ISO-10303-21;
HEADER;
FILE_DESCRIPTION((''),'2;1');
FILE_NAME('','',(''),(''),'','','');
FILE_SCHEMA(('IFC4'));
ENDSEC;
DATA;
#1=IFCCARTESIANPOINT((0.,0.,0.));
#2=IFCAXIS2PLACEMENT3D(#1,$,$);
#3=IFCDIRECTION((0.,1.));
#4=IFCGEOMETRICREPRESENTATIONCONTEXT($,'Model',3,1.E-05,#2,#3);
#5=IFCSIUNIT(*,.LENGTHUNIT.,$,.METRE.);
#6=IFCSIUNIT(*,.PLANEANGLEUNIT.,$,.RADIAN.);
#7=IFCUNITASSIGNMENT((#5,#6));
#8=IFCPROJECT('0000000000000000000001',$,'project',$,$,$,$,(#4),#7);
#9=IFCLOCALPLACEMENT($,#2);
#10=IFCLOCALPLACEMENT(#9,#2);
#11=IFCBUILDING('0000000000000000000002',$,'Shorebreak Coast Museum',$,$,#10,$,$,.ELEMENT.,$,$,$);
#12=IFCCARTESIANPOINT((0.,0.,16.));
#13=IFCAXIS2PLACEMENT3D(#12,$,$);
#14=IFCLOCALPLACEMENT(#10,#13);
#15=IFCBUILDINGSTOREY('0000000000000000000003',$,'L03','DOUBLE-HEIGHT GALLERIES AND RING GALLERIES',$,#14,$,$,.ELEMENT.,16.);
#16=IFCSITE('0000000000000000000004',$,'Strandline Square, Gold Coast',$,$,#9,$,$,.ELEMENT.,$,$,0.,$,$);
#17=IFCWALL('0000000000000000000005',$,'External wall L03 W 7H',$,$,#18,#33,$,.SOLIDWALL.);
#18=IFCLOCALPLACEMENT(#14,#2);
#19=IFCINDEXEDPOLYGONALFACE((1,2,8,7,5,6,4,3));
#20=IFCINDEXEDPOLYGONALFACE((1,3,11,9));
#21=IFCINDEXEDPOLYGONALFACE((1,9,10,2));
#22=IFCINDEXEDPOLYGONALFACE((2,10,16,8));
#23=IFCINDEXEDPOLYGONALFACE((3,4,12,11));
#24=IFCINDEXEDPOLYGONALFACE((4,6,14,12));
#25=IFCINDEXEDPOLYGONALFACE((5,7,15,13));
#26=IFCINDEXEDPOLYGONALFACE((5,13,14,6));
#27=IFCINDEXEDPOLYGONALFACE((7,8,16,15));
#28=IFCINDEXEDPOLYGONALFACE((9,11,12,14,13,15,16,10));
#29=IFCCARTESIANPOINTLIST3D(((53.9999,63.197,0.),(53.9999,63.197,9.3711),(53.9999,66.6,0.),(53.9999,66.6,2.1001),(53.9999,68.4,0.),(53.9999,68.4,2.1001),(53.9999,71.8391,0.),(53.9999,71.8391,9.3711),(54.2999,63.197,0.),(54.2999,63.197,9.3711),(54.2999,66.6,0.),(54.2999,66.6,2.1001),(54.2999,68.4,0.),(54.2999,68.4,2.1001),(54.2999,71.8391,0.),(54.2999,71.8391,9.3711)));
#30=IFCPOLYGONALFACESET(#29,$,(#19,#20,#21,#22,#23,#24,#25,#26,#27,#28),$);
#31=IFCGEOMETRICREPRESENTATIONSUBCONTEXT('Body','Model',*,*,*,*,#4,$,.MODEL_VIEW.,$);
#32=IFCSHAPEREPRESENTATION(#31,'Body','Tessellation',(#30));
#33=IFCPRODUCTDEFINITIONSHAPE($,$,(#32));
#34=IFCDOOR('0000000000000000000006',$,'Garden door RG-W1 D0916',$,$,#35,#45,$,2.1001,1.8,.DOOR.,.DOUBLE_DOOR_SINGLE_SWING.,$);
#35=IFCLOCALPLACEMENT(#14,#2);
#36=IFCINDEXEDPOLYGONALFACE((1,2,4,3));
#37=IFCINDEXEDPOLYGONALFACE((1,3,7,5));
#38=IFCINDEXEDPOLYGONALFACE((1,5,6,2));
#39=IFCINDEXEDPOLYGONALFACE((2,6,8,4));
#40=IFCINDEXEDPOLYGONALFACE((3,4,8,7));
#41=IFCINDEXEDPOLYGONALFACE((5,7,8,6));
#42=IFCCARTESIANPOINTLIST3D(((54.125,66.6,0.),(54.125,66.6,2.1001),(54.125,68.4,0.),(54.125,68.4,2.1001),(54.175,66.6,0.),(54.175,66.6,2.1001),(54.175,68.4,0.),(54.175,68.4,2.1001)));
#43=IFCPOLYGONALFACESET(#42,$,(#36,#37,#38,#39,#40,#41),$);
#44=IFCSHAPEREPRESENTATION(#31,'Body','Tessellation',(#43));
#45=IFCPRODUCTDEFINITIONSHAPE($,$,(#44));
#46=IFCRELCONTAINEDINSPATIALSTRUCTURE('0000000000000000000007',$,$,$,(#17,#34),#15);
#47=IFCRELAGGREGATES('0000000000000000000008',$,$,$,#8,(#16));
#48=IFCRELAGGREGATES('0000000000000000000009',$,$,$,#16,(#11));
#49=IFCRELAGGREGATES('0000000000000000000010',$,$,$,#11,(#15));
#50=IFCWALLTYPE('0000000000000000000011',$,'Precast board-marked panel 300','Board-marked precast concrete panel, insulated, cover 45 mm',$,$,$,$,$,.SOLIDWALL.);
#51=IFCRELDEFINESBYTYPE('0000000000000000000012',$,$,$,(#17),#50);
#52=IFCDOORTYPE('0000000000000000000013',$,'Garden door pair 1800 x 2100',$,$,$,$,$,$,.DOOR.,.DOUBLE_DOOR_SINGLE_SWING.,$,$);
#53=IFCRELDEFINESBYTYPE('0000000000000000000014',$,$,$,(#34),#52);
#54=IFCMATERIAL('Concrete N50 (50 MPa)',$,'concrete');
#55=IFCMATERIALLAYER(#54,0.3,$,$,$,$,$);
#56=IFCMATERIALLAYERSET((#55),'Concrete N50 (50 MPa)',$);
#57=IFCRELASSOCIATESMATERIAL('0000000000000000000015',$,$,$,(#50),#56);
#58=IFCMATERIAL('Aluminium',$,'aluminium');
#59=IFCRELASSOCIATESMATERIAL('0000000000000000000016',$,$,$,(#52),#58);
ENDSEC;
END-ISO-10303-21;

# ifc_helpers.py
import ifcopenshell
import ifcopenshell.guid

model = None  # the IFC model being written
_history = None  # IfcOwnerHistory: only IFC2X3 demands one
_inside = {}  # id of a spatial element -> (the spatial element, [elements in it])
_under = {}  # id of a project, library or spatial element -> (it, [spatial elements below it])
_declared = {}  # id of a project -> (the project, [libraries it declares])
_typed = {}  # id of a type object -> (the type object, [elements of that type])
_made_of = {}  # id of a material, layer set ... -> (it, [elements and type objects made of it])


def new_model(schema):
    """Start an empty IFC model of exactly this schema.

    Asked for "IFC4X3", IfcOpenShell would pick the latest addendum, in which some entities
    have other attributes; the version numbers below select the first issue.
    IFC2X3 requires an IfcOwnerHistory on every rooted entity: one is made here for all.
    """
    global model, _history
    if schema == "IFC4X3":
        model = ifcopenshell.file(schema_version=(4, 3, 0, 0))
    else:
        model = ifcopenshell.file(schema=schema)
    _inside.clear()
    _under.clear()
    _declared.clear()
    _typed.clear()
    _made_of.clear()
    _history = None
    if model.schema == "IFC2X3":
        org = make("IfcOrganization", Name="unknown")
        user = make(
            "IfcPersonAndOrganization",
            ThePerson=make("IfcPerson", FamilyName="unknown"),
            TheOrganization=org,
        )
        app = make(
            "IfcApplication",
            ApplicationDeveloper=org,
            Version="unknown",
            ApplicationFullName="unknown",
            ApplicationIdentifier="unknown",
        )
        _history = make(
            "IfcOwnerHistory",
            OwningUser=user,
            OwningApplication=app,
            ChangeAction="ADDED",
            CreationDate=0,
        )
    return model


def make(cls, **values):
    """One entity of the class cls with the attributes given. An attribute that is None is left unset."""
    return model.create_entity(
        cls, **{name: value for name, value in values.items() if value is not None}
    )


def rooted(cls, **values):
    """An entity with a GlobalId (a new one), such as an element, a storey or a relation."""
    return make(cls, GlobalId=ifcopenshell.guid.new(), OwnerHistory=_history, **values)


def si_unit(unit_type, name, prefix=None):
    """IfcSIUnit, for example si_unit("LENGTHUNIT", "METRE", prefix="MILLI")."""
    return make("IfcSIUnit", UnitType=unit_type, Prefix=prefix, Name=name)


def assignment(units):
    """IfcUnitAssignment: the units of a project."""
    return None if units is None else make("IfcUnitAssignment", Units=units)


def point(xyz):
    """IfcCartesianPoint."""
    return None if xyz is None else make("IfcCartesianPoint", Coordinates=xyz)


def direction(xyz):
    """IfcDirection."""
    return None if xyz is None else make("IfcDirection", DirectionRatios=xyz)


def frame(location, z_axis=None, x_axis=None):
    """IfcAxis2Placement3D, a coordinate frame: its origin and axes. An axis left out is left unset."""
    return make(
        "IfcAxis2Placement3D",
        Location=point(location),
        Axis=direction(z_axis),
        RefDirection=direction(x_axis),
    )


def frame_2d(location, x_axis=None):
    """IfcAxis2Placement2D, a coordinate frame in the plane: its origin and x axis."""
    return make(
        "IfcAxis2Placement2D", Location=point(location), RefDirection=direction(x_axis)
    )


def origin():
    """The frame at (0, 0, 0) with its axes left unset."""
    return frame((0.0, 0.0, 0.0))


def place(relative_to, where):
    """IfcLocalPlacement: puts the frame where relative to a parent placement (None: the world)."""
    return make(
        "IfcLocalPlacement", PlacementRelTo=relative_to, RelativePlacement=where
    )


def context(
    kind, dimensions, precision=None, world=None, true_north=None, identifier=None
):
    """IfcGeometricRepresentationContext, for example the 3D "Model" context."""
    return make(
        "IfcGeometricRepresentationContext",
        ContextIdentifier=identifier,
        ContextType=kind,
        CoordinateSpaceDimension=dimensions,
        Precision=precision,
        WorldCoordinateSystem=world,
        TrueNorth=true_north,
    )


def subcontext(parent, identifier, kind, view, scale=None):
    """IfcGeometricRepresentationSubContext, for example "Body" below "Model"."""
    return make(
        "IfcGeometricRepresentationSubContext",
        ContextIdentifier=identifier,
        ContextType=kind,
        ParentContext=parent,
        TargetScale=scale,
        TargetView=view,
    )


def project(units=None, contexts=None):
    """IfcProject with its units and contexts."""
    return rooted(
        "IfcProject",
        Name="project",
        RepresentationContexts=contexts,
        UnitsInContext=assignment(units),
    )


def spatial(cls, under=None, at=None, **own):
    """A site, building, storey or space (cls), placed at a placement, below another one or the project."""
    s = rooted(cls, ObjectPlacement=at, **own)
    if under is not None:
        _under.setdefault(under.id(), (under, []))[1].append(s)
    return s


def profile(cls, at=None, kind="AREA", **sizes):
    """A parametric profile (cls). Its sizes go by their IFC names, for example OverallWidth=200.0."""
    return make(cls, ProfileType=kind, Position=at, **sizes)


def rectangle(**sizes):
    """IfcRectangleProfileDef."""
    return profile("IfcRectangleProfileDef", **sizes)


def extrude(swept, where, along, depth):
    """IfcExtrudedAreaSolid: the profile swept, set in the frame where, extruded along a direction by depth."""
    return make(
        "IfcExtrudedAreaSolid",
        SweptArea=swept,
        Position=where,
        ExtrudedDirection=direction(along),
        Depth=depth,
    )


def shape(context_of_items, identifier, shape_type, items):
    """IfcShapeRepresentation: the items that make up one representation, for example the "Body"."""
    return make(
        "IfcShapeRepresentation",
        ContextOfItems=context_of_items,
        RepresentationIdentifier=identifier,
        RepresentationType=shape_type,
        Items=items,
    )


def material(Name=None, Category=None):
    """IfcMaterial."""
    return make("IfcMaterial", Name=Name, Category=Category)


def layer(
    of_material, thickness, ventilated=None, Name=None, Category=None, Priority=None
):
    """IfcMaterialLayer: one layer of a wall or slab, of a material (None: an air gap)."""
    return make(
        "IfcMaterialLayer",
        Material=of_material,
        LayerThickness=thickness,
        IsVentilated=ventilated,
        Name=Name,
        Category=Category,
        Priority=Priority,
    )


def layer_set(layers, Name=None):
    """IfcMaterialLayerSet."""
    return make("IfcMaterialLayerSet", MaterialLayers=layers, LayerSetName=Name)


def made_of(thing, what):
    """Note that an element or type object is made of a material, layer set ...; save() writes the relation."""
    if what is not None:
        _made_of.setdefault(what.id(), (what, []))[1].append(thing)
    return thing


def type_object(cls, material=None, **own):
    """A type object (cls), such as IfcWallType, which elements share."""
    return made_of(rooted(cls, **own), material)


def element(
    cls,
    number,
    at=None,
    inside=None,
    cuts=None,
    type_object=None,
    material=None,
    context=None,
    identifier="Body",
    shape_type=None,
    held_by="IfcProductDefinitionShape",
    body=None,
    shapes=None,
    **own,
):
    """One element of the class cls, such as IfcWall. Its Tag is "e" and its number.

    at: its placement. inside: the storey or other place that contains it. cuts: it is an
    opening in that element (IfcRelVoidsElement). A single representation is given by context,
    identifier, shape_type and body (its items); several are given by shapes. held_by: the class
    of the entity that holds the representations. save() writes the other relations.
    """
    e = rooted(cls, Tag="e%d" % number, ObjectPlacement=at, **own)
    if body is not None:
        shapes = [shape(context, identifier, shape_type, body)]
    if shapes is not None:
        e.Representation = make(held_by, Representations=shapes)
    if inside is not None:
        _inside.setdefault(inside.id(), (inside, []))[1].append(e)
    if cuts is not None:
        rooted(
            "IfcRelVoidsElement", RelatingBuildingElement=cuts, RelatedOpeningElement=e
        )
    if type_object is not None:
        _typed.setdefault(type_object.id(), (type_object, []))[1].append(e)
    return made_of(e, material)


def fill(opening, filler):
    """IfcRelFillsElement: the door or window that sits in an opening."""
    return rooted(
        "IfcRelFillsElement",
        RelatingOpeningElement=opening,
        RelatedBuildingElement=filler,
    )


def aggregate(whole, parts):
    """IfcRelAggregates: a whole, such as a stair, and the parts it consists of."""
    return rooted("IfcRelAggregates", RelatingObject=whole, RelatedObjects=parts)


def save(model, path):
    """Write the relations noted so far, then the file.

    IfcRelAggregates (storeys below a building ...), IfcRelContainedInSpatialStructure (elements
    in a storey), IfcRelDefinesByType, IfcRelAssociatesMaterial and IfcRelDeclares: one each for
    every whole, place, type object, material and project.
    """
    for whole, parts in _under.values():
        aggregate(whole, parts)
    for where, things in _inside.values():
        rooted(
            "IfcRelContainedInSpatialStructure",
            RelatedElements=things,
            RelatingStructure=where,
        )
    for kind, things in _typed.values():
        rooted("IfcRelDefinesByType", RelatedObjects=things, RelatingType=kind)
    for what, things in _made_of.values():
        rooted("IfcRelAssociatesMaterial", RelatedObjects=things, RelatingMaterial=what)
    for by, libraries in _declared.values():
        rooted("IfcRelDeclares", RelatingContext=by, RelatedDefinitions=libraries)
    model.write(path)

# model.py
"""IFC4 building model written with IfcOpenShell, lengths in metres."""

from ifc_helpers import new_model, si_unit, direction, frame, frame_2d, origin, place, context, subcontext, project, spatial, rectangle, extrude, material, layer, layer_set, type_object, element, fill, save


model = new_model("IFC4")

# Units and contexts
model_context = context("Model", 3, precision=1e-05, world=origin(), true_north=direction((0.0, 1.0)))
body_context = subcontext(model_context, "Body", "Model", "MODEL_VIEW")
ifc_project = project(units=[si_unit("LENGTHUNIT", "METRE"), si_unit("PLANEANGLEUNIT", "RADIAN")], contexts=[model_context])

# Site, building, storey
site_placement = place(None, origin())
site = spatial("IfcSite", under=ifc_project, at=site_placement, Name="Strandline Square, Gold Coast", CompositionType="ELEMENT", RefElevation=0.0)
building_placement = place(site_placement, origin())
building = spatial("IfcBuilding", under=site, at=building_placement, Name="Shorebreak Coast Museum", CompositionType="ELEMENT")
storey_placement = place(building_placement, frame((0.0, 0.0, 16.0)))
storey = spatial("IfcBuildingStorey", under=building, at=storey_placement, Name="L03", Description="DOUBLE-HEIGHT GALLERIES AND RING GALLERIES", CompositionType="ELEMENT", Elevation=16.0)

# Wall, opening, door
ifc_material_1 = material(Name="Concrete N50 (50 MPa)", Category="concrete")
ifc_layer_1 = layer(ifc_material_1, 0.3)
ifc_layer_set_1 = layer_set([ifc_layer_1], Name="Concrete N50 (50 MPa)")
wall_type_1 = type_object("IfcWallType", Name="Precast board-marked panel 300", Description="Board-marked precast concrete panel, insulated, cover 45 mm", PredefinedType="SOLIDWALL", material=ifc_layer_set_1)
wall_1_placement = place(storey_placement, frame((54.1499, 63.197, 0.0), z_axis=(0.0, 0.0, 1.0), x_axis=(0.0, 1.0, 0.0)))
wall_1 = element("IfcWall", 1, at=wall_1_placement, inside=storey, type_object=wall_type_1, Name="External wall L03 W 7H", PredefinedType="SOLIDWALL", context=body_context, shape_type="SweptSolid", body=[
    extrude(rectangle(XDim=8.6421, YDim=0.3, at=frame_2d((4.321, 0.0))), origin(), (0.0, 0.0, 1.0), 9.3711),
])
opening_1_placement = place(wall_1_placement, frame((3.4031, 0.0, 0.0)))
opening_1 = element("IfcOpeningElement", 2, at=opening_1_placement, cuts=wall_1, PredefinedType="OPENING", context=body_context, shape_type="SweptSolid", body=[
    extrude(rectangle(XDim=1.8, YDim=2.1001, at=frame_2d((0.8999, 1.05))), frame((0.0, 0.1599, 0.0), z_axis=(0.0, -1.0, 0.0), x_axis=(1.0, 0.0, 0.0)), (0.0, 0.0, 1.0), 0.3201),
])
ifc_material_2 = material(Name="Aluminium", Category="aluminium")
door_type_1 = type_object("IfcDoorType", Name="Garden door pair 1800 x 2100", OperationType="DOUBLE_DOOR_SINGLE_SWING", PredefinedType="DOOR", material=ifc_material_2)
door_1_placement = place(opening_1_placement, origin())
door_1 = element("IfcDoor", 3, at=door_1_placement, inside=storey, type_object=door_type_1, Name="Garden door RG-W1 D0916", OperationType="DOUBLE_DOOR_SINGLE_SWING", OverallHeight=2.1001, OverallWidth=1.8, PredefinedType="DOOR", context=body_context, shape_type="SweptSolid", body=[
    extrude(rectangle(XDim=1.8, YDim=2.1001, at=frame_2d((0.8999, 1.05))), frame((0.0, 0.0249, 0.0), z_axis=(0.0, -1.0, 0.0), x_axis=(1.0, 0.0, 0.0)), (0.0, 0.0, 1.0), 0.05),
])
fill(opening_1, door_1)

save(model, "model.ifc")
